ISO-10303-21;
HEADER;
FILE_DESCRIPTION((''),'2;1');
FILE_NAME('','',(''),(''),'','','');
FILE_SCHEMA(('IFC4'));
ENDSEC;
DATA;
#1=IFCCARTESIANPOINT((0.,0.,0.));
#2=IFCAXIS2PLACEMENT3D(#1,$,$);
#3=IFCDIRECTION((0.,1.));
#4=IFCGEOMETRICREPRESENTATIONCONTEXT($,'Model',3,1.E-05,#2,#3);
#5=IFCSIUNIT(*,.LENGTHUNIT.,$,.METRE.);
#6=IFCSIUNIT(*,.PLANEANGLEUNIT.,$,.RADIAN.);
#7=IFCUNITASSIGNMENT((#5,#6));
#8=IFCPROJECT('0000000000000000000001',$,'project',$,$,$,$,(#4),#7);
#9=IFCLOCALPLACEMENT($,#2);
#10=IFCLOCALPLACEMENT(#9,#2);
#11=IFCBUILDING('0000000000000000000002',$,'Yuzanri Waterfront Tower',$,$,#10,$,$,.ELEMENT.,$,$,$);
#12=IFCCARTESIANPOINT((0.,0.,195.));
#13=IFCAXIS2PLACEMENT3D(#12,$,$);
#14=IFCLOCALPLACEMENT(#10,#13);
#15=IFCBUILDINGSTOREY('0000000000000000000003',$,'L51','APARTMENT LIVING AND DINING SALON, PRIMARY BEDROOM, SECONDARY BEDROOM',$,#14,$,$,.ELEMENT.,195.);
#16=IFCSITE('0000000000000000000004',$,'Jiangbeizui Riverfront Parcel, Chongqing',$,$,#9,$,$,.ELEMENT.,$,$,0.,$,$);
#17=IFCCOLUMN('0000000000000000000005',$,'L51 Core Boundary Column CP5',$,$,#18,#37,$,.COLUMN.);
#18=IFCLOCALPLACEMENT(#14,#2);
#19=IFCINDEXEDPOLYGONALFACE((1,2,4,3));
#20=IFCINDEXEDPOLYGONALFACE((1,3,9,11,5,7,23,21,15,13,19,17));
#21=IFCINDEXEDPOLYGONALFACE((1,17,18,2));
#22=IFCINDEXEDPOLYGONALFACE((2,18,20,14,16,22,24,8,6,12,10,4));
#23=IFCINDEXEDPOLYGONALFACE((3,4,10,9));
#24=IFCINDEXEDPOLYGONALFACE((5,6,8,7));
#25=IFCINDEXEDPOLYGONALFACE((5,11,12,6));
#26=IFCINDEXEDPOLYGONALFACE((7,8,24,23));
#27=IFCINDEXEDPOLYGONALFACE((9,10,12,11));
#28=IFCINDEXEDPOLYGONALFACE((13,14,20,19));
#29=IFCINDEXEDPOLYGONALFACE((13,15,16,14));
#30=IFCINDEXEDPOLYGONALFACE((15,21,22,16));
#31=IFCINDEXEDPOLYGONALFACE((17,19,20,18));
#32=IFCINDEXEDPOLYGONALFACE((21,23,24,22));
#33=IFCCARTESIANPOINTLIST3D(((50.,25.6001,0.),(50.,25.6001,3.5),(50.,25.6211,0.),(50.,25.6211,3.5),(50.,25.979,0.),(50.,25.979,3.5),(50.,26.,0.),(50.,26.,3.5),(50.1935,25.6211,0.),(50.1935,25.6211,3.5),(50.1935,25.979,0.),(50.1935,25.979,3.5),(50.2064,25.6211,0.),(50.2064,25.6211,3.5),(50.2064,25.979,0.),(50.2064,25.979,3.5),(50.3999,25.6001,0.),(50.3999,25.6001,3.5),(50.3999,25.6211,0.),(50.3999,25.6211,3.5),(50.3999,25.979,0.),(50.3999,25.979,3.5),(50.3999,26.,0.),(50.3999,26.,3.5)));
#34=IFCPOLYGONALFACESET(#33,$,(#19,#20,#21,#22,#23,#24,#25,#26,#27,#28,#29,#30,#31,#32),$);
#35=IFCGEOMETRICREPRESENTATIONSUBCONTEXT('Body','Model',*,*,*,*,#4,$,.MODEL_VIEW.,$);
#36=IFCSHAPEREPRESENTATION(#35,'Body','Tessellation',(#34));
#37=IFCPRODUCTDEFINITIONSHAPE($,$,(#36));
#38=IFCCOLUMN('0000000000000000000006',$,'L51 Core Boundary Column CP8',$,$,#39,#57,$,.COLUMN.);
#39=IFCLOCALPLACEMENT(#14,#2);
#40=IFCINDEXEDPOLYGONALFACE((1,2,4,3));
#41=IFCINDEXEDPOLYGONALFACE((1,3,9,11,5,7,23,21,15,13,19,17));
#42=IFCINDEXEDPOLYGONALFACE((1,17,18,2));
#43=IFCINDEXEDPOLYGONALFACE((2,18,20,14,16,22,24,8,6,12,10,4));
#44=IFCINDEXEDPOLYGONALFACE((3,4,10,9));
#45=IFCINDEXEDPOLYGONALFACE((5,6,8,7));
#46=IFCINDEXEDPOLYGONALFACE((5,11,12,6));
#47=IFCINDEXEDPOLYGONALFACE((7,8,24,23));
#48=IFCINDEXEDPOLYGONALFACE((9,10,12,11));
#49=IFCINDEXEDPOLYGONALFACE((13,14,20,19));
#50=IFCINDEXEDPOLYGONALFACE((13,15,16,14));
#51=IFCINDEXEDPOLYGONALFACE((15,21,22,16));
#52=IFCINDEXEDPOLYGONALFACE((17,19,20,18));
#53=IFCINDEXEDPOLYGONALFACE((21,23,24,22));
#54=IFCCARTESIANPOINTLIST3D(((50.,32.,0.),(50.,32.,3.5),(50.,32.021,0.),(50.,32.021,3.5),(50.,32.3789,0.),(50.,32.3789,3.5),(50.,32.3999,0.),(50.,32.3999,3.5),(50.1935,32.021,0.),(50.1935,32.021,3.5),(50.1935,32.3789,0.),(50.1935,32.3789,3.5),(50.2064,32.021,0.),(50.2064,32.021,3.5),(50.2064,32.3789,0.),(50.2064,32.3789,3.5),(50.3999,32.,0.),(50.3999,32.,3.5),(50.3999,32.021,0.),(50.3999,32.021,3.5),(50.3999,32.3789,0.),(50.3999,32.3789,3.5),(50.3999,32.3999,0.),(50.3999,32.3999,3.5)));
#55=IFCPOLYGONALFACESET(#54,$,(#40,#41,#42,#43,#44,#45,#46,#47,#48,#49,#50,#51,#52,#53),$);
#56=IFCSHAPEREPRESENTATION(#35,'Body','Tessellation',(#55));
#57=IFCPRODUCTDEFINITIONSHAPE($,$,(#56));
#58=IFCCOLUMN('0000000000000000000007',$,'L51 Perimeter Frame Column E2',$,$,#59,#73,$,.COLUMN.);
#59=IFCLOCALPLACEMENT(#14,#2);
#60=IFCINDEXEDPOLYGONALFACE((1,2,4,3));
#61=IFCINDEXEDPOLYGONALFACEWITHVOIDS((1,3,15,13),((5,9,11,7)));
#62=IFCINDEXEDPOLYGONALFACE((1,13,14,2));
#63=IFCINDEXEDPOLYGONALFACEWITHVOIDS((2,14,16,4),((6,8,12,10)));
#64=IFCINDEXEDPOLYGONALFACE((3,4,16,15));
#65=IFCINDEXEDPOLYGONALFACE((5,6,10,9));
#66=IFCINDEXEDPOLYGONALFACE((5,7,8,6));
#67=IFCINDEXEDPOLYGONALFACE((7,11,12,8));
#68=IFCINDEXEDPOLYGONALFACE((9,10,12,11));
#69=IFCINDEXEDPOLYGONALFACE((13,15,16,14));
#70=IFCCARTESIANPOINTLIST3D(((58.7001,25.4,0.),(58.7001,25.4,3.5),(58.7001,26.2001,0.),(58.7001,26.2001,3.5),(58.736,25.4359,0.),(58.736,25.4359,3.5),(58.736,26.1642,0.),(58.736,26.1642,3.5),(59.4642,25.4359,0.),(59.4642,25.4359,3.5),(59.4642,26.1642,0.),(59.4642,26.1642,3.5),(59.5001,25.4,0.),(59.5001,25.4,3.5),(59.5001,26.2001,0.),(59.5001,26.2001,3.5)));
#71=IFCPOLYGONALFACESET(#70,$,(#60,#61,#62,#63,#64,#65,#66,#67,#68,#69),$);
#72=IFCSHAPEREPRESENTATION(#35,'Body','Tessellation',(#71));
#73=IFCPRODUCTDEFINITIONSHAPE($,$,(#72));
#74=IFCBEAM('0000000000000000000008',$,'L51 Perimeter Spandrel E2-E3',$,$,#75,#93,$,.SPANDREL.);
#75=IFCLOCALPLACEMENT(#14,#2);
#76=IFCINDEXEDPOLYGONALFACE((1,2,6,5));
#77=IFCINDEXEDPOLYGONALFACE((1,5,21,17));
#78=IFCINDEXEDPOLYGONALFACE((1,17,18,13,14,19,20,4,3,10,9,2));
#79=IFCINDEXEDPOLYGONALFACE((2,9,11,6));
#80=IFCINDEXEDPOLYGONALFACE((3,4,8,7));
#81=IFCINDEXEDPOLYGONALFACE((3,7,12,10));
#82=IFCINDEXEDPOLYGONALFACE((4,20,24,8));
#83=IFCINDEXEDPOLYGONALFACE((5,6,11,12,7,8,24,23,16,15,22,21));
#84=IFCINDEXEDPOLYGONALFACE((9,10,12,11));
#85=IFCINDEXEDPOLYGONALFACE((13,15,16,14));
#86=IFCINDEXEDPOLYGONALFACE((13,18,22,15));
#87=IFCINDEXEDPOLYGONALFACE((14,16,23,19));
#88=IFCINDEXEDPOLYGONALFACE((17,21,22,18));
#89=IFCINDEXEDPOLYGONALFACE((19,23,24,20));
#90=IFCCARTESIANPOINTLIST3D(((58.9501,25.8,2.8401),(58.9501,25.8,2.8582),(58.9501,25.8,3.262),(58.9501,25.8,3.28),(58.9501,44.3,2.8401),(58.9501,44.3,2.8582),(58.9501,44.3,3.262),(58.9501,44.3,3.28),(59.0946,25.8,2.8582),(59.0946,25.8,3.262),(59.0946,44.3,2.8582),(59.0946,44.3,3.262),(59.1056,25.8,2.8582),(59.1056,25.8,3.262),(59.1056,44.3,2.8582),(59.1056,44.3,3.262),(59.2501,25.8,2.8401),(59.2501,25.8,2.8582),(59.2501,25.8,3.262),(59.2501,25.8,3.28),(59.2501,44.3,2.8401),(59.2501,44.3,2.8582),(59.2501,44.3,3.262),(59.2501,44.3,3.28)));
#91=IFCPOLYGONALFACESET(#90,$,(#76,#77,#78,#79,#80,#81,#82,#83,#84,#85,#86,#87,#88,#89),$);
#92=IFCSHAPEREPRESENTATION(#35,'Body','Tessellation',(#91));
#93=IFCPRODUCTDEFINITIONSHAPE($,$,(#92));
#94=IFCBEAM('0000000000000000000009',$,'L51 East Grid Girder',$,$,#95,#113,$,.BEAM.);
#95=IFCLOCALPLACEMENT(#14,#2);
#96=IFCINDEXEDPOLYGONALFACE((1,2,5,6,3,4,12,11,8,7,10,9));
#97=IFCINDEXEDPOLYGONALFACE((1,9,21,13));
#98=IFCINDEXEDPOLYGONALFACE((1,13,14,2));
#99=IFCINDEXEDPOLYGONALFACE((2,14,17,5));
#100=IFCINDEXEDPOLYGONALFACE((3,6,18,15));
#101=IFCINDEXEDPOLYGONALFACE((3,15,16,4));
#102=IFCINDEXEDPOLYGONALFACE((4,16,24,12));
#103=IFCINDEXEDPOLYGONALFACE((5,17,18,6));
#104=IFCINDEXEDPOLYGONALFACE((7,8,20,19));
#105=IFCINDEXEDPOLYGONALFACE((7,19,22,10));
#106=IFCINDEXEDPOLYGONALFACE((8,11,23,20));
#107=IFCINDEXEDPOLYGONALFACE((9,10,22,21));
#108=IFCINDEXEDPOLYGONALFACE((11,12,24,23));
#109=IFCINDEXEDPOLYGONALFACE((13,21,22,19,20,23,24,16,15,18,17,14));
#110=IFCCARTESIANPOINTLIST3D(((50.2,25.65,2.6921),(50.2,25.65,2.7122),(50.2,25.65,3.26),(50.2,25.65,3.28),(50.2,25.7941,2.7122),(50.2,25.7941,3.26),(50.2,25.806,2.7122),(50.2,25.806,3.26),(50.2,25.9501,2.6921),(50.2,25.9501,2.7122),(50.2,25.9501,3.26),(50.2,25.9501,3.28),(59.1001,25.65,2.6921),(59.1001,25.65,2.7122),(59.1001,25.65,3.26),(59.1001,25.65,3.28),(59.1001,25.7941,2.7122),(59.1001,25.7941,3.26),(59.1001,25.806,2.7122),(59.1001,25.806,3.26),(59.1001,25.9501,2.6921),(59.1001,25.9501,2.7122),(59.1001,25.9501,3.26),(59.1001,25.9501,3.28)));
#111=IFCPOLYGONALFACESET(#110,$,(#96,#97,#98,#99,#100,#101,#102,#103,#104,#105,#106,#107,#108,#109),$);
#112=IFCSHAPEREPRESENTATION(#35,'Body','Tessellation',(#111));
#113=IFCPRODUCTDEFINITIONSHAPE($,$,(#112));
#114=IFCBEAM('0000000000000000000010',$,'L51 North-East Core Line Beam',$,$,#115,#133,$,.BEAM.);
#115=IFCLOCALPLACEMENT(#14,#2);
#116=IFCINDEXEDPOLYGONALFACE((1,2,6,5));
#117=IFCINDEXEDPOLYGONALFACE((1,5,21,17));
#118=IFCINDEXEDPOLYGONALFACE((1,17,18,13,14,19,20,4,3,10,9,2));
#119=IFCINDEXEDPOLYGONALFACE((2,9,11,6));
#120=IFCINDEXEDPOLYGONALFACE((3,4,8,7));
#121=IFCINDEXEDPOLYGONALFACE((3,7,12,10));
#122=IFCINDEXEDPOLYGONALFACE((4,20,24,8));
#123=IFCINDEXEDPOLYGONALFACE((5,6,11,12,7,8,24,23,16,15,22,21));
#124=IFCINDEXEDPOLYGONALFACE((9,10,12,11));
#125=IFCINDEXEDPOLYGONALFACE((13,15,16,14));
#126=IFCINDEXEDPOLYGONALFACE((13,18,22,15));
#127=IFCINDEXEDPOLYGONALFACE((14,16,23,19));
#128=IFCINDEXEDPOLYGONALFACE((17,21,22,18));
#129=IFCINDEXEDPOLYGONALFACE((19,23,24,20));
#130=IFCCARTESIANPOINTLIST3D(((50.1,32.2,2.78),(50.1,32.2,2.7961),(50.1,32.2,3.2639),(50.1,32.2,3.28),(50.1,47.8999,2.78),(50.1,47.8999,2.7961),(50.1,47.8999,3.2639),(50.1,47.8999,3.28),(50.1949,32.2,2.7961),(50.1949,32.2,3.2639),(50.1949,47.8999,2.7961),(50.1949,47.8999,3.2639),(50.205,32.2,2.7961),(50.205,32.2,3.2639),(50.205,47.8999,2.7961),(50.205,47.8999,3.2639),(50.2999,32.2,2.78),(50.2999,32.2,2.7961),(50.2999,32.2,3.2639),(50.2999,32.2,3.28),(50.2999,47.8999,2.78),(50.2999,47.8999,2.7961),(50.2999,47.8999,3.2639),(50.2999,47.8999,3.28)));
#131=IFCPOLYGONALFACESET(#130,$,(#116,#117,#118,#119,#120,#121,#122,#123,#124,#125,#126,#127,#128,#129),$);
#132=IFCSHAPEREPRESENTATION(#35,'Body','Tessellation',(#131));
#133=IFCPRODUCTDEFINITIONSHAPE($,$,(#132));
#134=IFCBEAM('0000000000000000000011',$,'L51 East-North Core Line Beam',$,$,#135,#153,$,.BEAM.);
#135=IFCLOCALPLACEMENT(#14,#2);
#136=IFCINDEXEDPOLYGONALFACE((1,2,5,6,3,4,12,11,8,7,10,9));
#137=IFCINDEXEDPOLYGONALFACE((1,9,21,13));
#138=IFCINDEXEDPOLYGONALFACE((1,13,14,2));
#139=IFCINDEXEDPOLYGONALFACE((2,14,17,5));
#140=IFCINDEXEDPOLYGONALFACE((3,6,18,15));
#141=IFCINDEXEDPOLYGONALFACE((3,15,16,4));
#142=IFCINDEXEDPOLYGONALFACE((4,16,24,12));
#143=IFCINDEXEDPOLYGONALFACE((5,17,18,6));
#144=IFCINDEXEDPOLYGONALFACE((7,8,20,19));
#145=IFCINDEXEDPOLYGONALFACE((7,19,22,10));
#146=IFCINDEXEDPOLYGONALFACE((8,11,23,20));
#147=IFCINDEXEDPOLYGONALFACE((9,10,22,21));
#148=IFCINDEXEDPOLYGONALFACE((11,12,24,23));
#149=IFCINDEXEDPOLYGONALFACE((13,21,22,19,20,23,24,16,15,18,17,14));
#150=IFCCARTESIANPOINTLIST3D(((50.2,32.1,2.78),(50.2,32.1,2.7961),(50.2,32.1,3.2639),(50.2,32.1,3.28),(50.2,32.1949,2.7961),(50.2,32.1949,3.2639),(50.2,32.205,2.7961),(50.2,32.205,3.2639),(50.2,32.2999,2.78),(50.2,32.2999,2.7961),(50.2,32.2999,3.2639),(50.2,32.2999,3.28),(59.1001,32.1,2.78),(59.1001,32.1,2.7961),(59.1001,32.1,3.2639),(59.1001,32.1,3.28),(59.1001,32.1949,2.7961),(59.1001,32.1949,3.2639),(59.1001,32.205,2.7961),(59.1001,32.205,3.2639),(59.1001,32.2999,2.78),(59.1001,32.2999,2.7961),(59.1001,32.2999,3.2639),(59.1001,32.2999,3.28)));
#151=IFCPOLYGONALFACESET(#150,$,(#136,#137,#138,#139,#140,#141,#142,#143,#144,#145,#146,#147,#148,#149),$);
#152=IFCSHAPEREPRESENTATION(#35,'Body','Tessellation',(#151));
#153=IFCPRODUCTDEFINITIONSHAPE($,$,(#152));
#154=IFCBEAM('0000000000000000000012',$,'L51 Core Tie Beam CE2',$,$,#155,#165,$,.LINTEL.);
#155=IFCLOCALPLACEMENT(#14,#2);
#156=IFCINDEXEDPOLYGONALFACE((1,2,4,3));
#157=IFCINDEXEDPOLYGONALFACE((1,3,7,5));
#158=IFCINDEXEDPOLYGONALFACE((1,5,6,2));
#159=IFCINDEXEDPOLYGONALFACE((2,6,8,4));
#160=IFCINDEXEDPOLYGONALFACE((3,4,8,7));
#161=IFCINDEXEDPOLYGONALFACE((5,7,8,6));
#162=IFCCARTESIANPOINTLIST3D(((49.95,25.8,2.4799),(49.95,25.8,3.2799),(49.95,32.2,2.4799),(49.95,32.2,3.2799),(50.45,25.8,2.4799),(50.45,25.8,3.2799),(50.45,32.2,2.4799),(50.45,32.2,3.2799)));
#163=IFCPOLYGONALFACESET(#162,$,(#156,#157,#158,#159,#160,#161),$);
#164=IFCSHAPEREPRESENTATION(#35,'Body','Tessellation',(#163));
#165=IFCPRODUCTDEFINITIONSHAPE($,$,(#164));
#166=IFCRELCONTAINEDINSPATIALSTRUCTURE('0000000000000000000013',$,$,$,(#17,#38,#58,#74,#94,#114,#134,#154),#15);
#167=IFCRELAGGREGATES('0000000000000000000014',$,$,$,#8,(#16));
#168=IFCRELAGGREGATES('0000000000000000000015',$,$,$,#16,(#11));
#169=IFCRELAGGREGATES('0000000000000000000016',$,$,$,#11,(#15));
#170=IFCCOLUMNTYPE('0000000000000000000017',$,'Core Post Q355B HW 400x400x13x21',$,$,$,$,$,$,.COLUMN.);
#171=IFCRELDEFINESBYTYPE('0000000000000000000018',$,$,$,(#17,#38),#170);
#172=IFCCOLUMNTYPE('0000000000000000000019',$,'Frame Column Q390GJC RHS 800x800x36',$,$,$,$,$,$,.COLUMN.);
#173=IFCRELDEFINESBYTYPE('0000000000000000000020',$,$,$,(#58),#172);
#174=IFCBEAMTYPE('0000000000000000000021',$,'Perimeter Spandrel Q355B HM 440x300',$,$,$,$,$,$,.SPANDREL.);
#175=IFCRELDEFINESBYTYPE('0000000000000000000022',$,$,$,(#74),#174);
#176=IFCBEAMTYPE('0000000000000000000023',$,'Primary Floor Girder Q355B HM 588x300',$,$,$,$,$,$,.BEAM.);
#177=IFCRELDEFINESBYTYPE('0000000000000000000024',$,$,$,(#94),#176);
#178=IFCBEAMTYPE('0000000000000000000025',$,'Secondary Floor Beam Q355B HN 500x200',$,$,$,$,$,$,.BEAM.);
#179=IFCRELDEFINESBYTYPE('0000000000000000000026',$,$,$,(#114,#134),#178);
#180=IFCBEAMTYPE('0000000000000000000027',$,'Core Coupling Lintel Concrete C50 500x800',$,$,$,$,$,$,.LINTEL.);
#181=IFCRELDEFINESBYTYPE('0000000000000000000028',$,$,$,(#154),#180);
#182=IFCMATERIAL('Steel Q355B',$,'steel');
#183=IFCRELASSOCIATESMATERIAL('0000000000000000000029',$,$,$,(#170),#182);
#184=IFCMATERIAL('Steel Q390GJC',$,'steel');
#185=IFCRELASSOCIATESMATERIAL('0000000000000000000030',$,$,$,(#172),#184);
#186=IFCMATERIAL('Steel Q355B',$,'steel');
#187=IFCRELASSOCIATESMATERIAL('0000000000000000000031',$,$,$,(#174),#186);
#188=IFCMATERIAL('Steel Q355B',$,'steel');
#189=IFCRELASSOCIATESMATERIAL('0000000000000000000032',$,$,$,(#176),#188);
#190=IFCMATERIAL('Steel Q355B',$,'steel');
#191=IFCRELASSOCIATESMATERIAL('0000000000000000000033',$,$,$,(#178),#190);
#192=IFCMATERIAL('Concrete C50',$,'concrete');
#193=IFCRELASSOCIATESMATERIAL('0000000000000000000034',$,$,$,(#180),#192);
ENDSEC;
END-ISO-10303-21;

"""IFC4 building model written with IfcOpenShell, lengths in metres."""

from ifc_helpers import new_model, si_unit, direction, frame, origin, origin_2d, place, context, subcontext, project, spatial, rectangle, hollow_rectangle, i_section, extrude, source, transform, mapped, material, material_profile, profile_set, type_object, element, save


model = new_model("IFC4")

# Units and contexts
model_context = context("Model", 3, precision=1e-05, world=origin(), true_north=direction((0.0, 1.0)))
body_context = subcontext(model_context, "Body", "Model", "MODEL_VIEW")
ifc_project = project(units=[si_unit("LENGTHUNIT", "METRE"), si_unit("PLANEANGLEUNIT", "RADIAN")], contexts=[model_context])

# Site, building, storey
site_placement = place(None, origin())
site = spatial("IfcSite", under=ifc_project, at=site_placement, Name="Jiangbeizui Riverfront Parcel, Chongqing", CompositionType="ELEMENT", RefElevation=0.0)
building_placement = place(site_placement, origin())
building = spatial("IfcBuilding", under=site, at=building_placement, Name="Yuzanri Waterfront Tower", CompositionType="ELEMENT")
storey_placement = place(building_placement, frame((0.0, 0.0, 195.0)))
storey = spatial("IfcBuildingStorey", under=building, at=storey_placement, Name="L51", Description="APARTMENT LIVING AND DINING SALON, PRIMARY BEDROOM, SECONDARY BEDROOM", CompositionType="ELEMENT", Elevation=195.0)

# Columns
ifc_material_1 = material(Name="Steel Q355B", Category="steel")
ifc_material_profile_1 = material_profile(ifc_material_1, i_section(OverallWidth=0.3999, OverallDepth=0.3999, WebThickness=0.0129, FlangeThickness=0.021, at=origin_2d()), Name="HW 400x400x13x21")
ifc_profile_set_1 = profile_set([ifc_material_profile_1], Name="Steel Q355B")
column_type_1 = type_object("IfcColumnType", Name="Core Post Q355B HW 400x400x13x21", PredefinedType="COLUMN", material=ifc_profile_set_1)
shared_shape_1 = source(origin(), body_context, "Body", "SweptSolid", [
    extrude(i_section(OverallWidth=0.3999, OverallDepth=0.3999, WebThickness=0.0129, FlangeThickness=0.021, at=origin_2d()), origin(), (0.0, 0.0, 1.0), 3.5),
])
for number, where, z_axis, x_axis, name in (
    (1, (50.2, 25.8, 0.0), (0.0, 0.0, 1.0), (1.0, 0.0, 0.0), "L51 Core Boundary Column CP5"),
    (2, (50.2, 32.2, 0.0), (0.0, 0.0, 1.0), (1.0, 0.0, 0.0), "L51 Core Boundary Column CP8"),
):
    element("IfcColumn", number, at=place(storey_placement, frame(where, z_axis=z_axis, x_axis=x_axis)), inside=storey, type_object=column_type_1, Name=name, PredefinedType="COLUMN", context=body_context, shape_type="MappedRepresentation", body=[
        mapped(shared_shape_1, transform((0.0, 0.0, 0.0), scale=1.0)),
    ])
ifc_material_2 = material(Name="Steel Q390GJC", Category="steel")
ifc_material_profile_2 = material_profile(ifc_material_2, hollow_rectangle(XDim=0.8, YDim=0.8, WallThickness=0.0359, at=origin_2d()), Name="RHS 800x800x36")
ifc_profile_set_2 = profile_set([ifc_material_profile_2], Name="Steel Q390GJC")
column_type_2 = type_object("IfcColumnType", Name="Frame Column Q390GJC RHS 800x800x36", PredefinedType="COLUMN", material=ifc_profile_set_2)
shared_shape_2 = source(origin(), body_context, "Body", "SweptSolid", [
    extrude(hollow_rectangle(XDim=0.8, YDim=0.8, WallThickness=0.0359, at=origin_2d()), origin(), (0.0, 0.0, 1.0), 3.5),
])
column_placement = place(storey_placement, frame((59.1001, 25.8, 0.0), z_axis=(0.0, 0.0, 1.0), x_axis=(1.0, 0.0, 0.0)))
element("IfcColumn", 3, at=column_placement, inside=storey, type_object=column_type_2, Name="L51 Perimeter Frame Column E2", PredefinedType="COLUMN", context=body_context, shape_type="MappedRepresentation", body=[
    mapped(shared_shape_2, transform((0.0, 0.0, 0.0), scale=1.0)),
])

# Beams
ifc_material_3 = material(Name="Steel Q355B", Category="steel")
ifc_material_profile_3 = material_profile(ifc_material_3, i_section(OverallWidth=0.3, OverallDepth=0.4399, WebThickness=0.011, FlangeThickness=0.0181, at=origin_2d()), Name="HM 440x300x11x18")
ifc_profile_set_3 = profile_set([ifc_material_profile_3], Name="Steel Q355B")
beam_type_1 = type_object("IfcBeamType", Name="Perimeter Spandrel Q355B HM 440x300", PredefinedType="SPANDREL", material=ifc_profile_set_3)
shared_shape_3 = source(origin(), body_context, "Body", "SweptSolid", [
    extrude(i_section(OverallWidth=0.3, OverallDepth=0.4399, WebThickness=0.011, FlangeThickness=0.0181, at=origin_2d()), origin(), (0.0, 0.0, 1.0), 18.5),
])
beam_1_placement = place(storey_placement, frame((59.1001, 25.8, 3.0601), z_axis=(0.0, 1.0, 0.0), x_axis=(-1.0, 0.0, 0.0)))
element("IfcBeam", 4, at=beam_1_placement, inside=storey, type_object=beam_type_1, Name="L51 Perimeter Spandrel E2-E3", PredefinedType="SPANDREL", context=body_context, shape_type="MappedRepresentation", body=[
    mapped(shared_shape_3, transform((0.0, 0.0, 0.0), scale=1.0)),
])
ifc_material_4 = material(Name="Steel Q355B", Category="steel")
ifc_material_profile_4 = material_profile(ifc_material_4, i_section(OverallWidth=0.3, OverallDepth=0.5879, WebThickness=0.012, FlangeThickness=0.02, at=origin_2d()), Name="HM 588x300x12x20")
ifc_profile_set_4 = profile_set([ifc_material_profile_4], Name="Steel Q355B")
beam_type_2 = type_object("IfcBeamType", Name="Primary Floor Girder Q355B HM 588x300", PredefinedType="BEAM", material=ifc_profile_set_4)
shared_shape_4 = source(origin(), body_context, "Body", "SweptSolid", [
    extrude(i_section(OverallWidth=0.3, OverallDepth=0.5879, WebThickness=0.012, FlangeThickness=0.02, at=origin_2d()), origin(), (0.0, 0.0, 1.0), 8.9001),
])
beam_2_placement = place(storey_placement, frame((50.2, 25.8, 2.9861), z_axis=(1.0, 0.0, 0.0), x_axis=(0.0, 1.0, 0.0)))
element("IfcBeam", 5, at=beam_2_placement, inside=storey, type_object=beam_type_2, Name="L51 East Grid Girder", PredefinedType="BEAM", context=body_context, shape_type="MappedRepresentation", body=[
    mapped(shared_shape_4, transform((0.0, 0.0, 0.0), scale=1.0)),
])
ifc_material_5 = material(Name="Steel Q355B", Category="steel")
ifc_material_profile_5 = material_profile(ifc_material_5, i_section(OverallWidth=0.2, OverallDepth=0.5, WebThickness=0.01, FlangeThickness=0.0161, at=origin_2d()), Name="HN 500x200x10x16")
ifc_profile_set_5 = profile_set([ifc_material_profile_5], Name="Steel Q355B")
beam_type_3 = type_object("IfcBeamType", Name="Secondary Floor Beam Q355B HN 500x200", PredefinedType="BEAM", material=ifc_profile_set_5)
shared_shape_5 = source(origin(), body_context, "Body", "SweptSolid", [
    extrude(i_section(OverallWidth=0.2, OverallDepth=0.5, WebThickness=0.01, FlangeThickness=0.0161, at=origin_2d()), origin(), (0.0, 0.0, 1.0), 15.7),
])
beam_3_placement = place(storey_placement, frame((50.2, 32.2, 3.03), z_axis=(0.0, 1.0, 0.0), x_axis=(-1.0, 0.0, 0.0)))
element("IfcBeam", 6, at=beam_3_placement, inside=storey, type_object=beam_type_3, Name="L51 North-East Core Line Beam", PredefinedType="BEAM", context=body_context, shape_type="MappedRepresentation", body=[
    mapped(shared_shape_5, transform((0.0, 0.0, 0.0), scale=1.0)),
])
shared_shape_6 = source(origin(), body_context, "Body", "SweptSolid", [
    extrude(i_section(OverallWidth=0.2, OverallDepth=0.5, WebThickness=0.01, FlangeThickness=0.0161, at=origin_2d()), origin(), (0.0, 0.0, 1.0), 8.9001),
])
beam_4_placement = place(storey_placement, frame((50.2, 32.2, 3.03), z_axis=(1.0, 0.0, 0.0), x_axis=(0.0, 1.0, 0.0)))
element("IfcBeam", 7, at=beam_4_placement, inside=storey, type_object=beam_type_3, Name="L51 East-North Core Line Beam", PredefinedType="BEAM", context=body_context, shape_type="MappedRepresentation", body=[
    mapped(shared_shape_6, transform((0.0, 0.0, 0.0), scale=1.0)),
])
ifc_material_6 = material(Name="Concrete C50", Category="concrete")
ifc_material_profile_6 = material_profile(ifc_material_6, rectangle(XDim=0.5, YDim=0.8, at=origin_2d()), Name="RC 500x800")
ifc_profile_set_6 = profile_set([ifc_material_profile_6], Name="Concrete C50")
beam_type_4 = type_object("IfcBeamType", Name="Core Coupling Lintel Concrete C50 500x800", PredefinedType="LINTEL", material=ifc_profile_set_6)
shared_shape_7 = source(origin(), body_context, "Body", "SweptSolid", [
    extrude(rectangle(XDim=0.5, YDim=0.8, at=origin_2d()), origin(), (0.0, 0.0, 1.0), 6.3999),
])
beam_5_placement = place(storey_placement, frame((50.2, 25.8, 2.8799), z_axis=(0.0, 1.0, 0.0), x_axis=(-1.0, 0.0, 0.0)))
element("IfcBeam", 8, at=beam_5_placement, inside=storey, type_object=beam_type_4, Name="L51 Core Tie Beam CE2", PredefinedType="LINTEL", context=body_context, shape_type="MappedRepresentation", body=[
    mapped(shared_shape_7, transform((0.0, 0.0, 0.0), scale=1.0)),
])

save(model, "model.ifc")
